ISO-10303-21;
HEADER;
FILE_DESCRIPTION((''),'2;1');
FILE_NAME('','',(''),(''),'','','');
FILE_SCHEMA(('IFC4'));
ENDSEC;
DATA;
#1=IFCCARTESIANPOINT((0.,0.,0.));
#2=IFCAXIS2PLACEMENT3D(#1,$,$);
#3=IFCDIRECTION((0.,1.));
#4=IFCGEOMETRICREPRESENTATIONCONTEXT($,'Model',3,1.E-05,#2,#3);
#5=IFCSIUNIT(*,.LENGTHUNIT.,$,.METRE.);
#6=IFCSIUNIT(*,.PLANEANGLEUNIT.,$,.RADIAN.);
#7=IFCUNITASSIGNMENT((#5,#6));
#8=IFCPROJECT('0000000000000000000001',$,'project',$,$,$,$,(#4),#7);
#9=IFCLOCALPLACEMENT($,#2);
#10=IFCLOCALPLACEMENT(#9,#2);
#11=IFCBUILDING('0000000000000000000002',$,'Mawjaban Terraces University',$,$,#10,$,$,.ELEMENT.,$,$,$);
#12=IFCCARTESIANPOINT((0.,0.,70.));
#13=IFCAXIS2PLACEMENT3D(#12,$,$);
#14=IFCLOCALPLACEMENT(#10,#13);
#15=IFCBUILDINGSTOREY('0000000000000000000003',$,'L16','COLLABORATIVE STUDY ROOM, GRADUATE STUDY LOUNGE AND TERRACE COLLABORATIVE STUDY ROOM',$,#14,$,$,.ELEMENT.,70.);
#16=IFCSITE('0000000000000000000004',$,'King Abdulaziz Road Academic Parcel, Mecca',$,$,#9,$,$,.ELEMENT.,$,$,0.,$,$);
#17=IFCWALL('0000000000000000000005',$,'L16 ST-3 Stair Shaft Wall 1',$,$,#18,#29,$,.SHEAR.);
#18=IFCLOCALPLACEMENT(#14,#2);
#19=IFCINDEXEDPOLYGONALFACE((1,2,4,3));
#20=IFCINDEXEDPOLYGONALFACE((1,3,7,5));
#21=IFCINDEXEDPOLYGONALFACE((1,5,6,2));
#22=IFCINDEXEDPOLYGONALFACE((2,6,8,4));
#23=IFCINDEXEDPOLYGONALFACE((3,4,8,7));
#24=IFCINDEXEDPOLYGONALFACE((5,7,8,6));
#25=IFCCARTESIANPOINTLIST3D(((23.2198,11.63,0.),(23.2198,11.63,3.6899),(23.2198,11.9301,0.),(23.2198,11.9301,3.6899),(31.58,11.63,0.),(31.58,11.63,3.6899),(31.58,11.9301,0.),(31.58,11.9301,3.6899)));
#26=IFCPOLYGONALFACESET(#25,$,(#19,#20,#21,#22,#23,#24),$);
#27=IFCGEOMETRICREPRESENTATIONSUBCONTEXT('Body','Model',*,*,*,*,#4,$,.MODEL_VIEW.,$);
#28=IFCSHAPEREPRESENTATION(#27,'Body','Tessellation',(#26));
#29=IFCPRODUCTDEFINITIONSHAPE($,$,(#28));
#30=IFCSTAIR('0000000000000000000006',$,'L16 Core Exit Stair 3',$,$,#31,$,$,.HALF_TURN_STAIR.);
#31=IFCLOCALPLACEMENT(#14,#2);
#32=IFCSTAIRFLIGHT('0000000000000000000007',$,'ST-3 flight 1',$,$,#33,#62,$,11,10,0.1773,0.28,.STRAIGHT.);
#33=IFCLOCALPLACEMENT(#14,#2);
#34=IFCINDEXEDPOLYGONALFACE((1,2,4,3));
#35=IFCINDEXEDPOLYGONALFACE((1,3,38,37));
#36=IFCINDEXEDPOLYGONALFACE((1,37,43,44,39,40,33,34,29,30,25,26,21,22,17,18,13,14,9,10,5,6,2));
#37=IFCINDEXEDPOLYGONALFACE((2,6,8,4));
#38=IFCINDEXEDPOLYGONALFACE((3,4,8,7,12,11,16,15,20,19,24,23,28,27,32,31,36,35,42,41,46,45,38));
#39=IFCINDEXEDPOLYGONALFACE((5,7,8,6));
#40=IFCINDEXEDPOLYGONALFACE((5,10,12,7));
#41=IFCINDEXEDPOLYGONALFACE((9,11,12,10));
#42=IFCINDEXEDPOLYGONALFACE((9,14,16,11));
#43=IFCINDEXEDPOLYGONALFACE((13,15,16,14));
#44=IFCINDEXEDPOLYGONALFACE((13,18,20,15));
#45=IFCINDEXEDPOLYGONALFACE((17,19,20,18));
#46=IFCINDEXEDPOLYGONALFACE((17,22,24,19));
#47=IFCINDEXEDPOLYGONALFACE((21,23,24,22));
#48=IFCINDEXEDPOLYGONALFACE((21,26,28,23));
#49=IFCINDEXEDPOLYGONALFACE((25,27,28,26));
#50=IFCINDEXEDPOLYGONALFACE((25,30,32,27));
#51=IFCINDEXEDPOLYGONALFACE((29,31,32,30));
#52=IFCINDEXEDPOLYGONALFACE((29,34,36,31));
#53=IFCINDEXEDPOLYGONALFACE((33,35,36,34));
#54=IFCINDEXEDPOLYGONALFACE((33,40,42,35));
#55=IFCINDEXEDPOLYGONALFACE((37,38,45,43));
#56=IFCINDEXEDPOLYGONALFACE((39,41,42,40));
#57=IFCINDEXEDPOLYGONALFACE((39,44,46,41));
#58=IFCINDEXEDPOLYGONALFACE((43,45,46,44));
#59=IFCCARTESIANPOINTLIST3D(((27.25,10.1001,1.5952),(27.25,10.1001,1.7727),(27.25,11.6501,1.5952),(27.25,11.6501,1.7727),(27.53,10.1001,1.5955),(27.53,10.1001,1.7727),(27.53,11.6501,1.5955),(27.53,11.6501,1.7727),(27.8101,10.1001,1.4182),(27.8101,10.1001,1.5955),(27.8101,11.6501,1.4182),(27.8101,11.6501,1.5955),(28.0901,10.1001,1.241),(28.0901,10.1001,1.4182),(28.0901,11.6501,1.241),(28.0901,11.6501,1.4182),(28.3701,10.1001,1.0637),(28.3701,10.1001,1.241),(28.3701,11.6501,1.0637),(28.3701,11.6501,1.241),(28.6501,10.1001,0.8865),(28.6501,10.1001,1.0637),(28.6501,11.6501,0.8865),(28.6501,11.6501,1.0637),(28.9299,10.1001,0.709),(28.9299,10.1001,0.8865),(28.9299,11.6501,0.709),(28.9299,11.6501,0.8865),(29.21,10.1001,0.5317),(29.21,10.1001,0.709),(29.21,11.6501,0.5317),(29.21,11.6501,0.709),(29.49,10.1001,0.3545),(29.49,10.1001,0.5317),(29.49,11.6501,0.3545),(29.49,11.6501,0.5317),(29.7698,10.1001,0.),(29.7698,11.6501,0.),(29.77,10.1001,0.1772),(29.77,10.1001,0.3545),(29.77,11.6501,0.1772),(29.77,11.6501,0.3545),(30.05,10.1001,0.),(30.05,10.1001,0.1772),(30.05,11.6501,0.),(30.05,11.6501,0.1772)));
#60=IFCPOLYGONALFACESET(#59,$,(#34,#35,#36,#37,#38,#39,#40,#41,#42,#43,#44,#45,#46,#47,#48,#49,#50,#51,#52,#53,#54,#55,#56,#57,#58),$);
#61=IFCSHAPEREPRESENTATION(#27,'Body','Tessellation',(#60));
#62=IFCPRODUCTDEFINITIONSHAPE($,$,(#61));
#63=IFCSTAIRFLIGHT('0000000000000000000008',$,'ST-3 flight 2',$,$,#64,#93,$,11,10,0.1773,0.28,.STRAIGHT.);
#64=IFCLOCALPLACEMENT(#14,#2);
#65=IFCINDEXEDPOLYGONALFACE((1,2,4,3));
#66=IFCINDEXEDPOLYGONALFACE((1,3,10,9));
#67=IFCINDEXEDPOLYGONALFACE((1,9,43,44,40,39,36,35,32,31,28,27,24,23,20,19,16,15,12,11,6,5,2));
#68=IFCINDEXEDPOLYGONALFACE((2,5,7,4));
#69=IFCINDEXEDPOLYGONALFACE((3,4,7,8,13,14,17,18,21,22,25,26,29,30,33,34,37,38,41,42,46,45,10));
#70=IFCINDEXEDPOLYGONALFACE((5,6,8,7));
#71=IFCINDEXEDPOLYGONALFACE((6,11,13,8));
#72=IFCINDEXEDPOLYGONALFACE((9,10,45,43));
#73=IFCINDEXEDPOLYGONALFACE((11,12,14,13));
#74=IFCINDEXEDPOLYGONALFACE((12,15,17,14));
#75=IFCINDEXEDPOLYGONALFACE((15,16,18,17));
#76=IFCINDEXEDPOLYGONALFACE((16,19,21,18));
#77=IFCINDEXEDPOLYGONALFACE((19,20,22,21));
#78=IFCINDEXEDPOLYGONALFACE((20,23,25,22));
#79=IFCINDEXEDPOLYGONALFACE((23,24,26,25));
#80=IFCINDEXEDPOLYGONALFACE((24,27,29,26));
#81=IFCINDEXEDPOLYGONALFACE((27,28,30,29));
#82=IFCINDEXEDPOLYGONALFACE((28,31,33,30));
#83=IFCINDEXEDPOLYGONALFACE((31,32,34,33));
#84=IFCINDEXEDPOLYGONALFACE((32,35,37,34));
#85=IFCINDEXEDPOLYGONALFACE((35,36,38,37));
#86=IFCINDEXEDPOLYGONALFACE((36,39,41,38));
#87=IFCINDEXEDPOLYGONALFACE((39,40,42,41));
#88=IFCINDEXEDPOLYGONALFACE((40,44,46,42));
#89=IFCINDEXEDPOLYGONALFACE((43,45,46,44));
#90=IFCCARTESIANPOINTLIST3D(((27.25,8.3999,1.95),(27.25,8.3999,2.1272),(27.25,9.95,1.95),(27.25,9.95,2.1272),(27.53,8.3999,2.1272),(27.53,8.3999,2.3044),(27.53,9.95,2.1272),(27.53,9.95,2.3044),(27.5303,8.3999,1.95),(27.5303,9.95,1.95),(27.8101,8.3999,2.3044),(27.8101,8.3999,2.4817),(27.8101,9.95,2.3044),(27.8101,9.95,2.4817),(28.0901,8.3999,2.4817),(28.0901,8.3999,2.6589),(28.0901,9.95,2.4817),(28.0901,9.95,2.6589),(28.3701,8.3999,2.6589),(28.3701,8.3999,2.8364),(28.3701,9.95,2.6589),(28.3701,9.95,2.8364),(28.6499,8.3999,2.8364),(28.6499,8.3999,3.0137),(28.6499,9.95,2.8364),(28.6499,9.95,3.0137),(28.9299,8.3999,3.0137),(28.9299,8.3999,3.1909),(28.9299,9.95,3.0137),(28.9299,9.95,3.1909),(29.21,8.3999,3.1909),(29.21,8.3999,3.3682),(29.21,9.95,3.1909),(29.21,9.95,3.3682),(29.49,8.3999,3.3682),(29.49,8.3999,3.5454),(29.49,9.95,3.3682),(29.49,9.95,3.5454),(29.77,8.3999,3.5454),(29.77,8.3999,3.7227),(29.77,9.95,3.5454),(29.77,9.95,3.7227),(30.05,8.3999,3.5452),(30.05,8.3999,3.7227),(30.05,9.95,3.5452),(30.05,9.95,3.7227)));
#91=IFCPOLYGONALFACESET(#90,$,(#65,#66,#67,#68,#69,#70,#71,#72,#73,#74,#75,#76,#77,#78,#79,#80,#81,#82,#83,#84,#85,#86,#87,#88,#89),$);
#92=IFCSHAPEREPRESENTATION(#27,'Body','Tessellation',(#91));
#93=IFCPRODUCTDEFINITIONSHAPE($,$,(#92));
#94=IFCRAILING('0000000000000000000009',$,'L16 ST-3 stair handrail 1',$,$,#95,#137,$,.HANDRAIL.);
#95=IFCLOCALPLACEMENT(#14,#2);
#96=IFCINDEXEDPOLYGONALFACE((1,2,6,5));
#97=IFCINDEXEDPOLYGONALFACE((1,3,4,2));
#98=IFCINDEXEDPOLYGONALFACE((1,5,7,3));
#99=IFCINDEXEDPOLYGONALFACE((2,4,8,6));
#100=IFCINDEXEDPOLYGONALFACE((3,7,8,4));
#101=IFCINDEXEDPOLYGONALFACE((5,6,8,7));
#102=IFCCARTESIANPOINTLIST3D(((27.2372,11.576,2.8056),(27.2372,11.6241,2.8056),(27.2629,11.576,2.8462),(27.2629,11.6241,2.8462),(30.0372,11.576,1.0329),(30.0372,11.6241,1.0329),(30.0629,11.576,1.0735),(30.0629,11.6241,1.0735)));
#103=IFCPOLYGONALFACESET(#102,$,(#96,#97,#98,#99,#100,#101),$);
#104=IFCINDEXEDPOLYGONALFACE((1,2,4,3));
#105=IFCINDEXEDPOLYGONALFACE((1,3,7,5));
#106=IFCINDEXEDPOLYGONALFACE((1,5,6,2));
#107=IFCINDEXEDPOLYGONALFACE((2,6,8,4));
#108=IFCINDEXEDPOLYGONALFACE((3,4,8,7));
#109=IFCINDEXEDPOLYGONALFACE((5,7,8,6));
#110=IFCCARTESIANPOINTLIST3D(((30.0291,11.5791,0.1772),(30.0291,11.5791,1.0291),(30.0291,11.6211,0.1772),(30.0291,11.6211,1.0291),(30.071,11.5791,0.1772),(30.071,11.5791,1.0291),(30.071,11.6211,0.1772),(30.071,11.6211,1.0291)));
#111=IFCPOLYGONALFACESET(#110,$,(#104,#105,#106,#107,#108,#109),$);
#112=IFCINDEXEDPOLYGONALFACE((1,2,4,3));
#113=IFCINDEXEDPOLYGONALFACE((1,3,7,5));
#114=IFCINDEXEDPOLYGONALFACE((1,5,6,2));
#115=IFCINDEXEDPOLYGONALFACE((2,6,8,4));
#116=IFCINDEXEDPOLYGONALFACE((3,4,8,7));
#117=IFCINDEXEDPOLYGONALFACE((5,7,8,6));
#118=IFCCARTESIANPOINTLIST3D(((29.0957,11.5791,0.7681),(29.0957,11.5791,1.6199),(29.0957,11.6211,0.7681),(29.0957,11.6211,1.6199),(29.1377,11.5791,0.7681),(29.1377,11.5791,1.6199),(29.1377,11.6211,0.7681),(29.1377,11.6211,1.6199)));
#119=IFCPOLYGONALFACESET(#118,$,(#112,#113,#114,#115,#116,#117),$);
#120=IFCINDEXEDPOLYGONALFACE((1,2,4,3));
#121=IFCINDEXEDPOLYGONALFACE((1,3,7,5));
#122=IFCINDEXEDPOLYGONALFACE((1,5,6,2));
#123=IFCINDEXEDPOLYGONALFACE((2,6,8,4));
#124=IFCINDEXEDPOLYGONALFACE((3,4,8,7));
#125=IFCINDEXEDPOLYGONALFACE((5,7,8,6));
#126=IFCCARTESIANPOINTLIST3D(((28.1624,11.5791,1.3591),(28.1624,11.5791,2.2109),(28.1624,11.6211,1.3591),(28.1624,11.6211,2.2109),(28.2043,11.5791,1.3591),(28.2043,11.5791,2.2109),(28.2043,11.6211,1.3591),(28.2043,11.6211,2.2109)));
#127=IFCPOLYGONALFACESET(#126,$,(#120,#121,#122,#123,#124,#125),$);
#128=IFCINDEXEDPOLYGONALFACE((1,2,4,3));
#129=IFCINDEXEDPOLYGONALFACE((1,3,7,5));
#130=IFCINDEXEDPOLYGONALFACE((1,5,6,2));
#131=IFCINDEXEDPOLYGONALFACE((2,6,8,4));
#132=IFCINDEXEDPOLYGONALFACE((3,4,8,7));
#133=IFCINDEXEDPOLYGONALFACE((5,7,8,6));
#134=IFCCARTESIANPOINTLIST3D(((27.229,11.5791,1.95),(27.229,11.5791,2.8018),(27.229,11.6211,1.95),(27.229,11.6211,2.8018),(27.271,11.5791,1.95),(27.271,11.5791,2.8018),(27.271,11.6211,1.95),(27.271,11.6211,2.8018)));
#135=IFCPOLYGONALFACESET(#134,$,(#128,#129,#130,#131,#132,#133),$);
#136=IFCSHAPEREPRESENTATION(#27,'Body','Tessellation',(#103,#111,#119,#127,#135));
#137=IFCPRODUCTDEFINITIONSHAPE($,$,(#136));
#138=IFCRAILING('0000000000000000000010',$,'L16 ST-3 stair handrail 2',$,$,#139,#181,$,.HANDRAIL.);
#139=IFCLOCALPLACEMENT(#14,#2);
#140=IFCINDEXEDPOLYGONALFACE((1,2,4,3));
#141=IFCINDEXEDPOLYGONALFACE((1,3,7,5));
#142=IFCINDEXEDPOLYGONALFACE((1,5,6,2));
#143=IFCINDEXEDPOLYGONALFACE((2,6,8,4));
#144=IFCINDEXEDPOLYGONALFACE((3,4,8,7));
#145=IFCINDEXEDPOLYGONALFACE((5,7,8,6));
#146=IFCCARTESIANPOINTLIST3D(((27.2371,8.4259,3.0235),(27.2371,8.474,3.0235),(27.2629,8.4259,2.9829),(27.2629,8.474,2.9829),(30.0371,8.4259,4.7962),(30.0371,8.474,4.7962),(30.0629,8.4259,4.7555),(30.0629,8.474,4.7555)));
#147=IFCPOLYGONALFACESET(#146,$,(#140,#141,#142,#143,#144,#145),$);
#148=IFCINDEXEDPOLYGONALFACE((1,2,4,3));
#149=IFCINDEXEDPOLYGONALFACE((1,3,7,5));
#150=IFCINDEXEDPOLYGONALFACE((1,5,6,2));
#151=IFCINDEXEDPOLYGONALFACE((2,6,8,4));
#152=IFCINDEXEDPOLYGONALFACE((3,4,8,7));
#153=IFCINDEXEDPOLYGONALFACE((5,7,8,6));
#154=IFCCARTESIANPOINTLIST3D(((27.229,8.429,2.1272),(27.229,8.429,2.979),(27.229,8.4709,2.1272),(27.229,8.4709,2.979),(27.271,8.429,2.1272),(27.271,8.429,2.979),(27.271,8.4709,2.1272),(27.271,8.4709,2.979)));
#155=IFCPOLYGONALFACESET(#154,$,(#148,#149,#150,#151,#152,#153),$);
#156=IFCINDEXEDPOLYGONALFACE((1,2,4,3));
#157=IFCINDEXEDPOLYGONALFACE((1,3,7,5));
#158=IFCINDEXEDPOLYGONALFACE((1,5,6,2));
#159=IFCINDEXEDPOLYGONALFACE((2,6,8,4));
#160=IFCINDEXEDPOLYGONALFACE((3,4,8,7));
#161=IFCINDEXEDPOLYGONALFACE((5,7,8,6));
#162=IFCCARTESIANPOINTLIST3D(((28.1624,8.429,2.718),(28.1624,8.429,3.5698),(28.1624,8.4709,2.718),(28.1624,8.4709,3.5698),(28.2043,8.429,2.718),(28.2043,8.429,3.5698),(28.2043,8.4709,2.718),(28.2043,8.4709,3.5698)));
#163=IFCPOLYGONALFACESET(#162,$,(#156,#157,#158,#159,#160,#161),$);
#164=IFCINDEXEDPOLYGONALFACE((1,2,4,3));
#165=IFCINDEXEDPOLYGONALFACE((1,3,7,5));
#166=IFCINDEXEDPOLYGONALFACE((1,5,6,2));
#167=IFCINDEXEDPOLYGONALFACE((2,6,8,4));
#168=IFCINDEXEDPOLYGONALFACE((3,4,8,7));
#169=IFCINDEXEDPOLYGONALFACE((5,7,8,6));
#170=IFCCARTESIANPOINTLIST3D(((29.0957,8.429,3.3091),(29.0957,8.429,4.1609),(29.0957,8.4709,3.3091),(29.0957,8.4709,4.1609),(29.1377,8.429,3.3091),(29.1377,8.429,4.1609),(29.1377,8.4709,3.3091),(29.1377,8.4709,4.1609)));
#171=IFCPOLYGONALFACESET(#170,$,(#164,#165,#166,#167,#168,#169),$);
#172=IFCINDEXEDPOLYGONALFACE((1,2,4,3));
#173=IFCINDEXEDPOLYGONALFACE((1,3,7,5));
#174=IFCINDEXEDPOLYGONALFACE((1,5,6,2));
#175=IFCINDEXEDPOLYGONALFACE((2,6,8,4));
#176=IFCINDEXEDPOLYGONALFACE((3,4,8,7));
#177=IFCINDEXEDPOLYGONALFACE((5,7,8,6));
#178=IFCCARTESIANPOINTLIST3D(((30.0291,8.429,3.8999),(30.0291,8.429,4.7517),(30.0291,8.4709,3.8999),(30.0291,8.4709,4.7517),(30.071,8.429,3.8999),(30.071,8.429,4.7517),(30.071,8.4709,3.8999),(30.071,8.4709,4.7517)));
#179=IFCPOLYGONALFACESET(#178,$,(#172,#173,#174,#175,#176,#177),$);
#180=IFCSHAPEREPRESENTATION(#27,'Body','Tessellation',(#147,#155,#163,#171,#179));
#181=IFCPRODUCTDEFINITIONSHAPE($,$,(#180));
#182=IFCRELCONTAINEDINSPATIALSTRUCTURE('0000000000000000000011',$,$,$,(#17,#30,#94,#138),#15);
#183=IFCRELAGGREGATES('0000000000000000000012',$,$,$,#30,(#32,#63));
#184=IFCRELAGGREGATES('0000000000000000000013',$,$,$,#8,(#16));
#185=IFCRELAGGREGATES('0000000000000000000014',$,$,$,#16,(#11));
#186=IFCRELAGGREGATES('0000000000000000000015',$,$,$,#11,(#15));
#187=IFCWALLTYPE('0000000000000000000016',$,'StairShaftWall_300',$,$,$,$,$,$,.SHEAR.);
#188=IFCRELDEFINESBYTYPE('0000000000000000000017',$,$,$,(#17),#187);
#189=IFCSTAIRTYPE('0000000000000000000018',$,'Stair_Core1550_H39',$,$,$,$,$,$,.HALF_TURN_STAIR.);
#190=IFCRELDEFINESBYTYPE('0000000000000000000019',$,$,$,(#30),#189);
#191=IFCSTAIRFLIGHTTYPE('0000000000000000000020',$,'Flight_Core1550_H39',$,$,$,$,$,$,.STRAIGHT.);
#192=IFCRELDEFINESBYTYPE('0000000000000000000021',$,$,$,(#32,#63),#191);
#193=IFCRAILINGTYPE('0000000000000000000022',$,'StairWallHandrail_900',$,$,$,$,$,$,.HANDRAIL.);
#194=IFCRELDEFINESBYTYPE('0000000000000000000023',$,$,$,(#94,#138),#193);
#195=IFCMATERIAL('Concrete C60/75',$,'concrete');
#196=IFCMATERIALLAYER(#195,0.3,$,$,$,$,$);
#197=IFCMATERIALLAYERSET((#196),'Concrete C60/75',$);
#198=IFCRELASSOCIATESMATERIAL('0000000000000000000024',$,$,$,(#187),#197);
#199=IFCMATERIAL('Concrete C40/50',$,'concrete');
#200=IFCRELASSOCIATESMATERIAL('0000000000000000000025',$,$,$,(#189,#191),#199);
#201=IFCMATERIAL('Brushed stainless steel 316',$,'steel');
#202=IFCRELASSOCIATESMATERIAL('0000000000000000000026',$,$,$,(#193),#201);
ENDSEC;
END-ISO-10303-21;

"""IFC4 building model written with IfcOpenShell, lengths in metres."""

from ifc_helpers import new_model, si_unit, direction, frame, frame_2d, origin, origin_2d, place, context, subcontext, project, spatial, polyline, rectangle, outline, extrude, material, layer, layer_set, type_object, element, aggregate, save


model = new_model("IFC4")

# Units and contexts
model_context = context("Model", 3, precision=1e-05, world=origin(), true_north=direction((0.0, 1.0)))
body_context = subcontext(model_context, "Body", "Model", "MODEL_VIEW")
ifc_project = project(units=[si_unit("LENGTHUNIT", "METRE"), si_unit("PLANEANGLEUNIT", "RADIAN")], contexts=[model_context])

# Site, building, storey
site_placement = place(None, origin())
site = spatial("IfcSite", under=ifc_project, at=site_placement, Name="King Abdulaziz Road Academic Parcel, Mecca", CompositionType="ELEMENT", RefElevation=0.0)
building_placement = place(site_placement, origin())
building = spatial("IfcBuilding", under=site, at=building_placement, Name="Mawjaban Terraces University", CompositionType="ELEMENT")
storey_placement = place(building_placement, frame((0.0, 0.0, 70.0)))
storey = spatial("IfcBuildingStorey", under=building, at=storey_placement, Name="L16", Description="COLLABORATIVE STUDY ROOM, GRADUATE STUDY LOUNGE AND TERRACE COLLABORATIVE STUDY ROOM", CompositionType="ELEMENT", Elevation=70.0)

# Shared definitions
ifc_material_1 = material(Name="Concrete C40/50", Category="concrete")

# Wall
ifc_material_2 = material(Name="Concrete C60/75", Category="concrete")
ifc_layer_1 = layer(ifc_material_2, 0.3)
ifc_layer_set_1 = layer_set([ifc_layer_1], Name="Concrete C60/75")
wall_type_1 = type_object("IfcWallType", Name="StairShaftWall_300", PredefinedType="SHEAR", material=ifc_layer_set_1)
for number, where, z_axis, x_axis, name in (
    (1, (31.5801, 11.78, 0.0), (0.0, 0.0, 1.0), (-1.0, 0.0, 0.0), "L16 ST-3 Stair Shaft Wall 1"),
):
    element("IfcWall", number, at=place(storey_placement, frame(where, z_axis=z_axis, x_axis=x_axis)), inside=storey, type_object=wall_type_1, Name=name, PredefinedType="SHEAR", context=body_context, shape_type="SweptSolid", body=[
        extrude(rectangle(XDim=8.3601, YDim=0.3, at=frame_2d((4.1802, 0.0))), origin(), (0.0, 0.0, 1.0), 3.6899),
    ])

# Stair, stair flights
stair_type = type_object("IfcStairType", Name="Stair_Core1550_H39", PredefinedType="HALF_TURN_STAIR", material=ifc_material_1)
stair_placement = place(storey_placement, origin())
stair = element("IfcStair", 2, at=stair_placement, inside=storey, type_object=stair_type, Name="L16 Core Exit Stair 3", PredefinedType="HALF_TURN_STAIR")
stair_flight_type = type_object("IfcStairFlightType", Name="Flight_Core1550_H39", PredefinedType="STRAIGHT", material=ifc_material_1)
stair_flight_1_placement = place(storey_placement, frame((30.05, 10.875, 0.0), z_axis=(0.0, 0.0, 1.0), x_axis=(-1.0, 0.0, 0.0)))
stair_flight_1 = element("IfcStairFlight", 3, at=stair_flight_1_placement, type_object=stair_flight_type, Name="ST-3 flight 1", NumberOfRisers=11, NumberOfTreads=10, PredefinedType="STRAIGHT", RiserHeight=0.1773, TreadLength=0.28, context=body_context, shape_type="SweptSolid", body=[
    extrude(outline(polyline([(0.0, 0.0), (0.0, 0.1772), (0.28, 0.1772), (0.28, 0.3545), (0.5601, 0.3545), (0.5601, 0.5317), (0.8401, 0.5317), (0.8401, 0.709), (1.1201, 0.709), (1.1201, 0.8865), (1.3999, 0.8865), (1.3999, 1.0637), (1.6799, 1.0637), (1.6799, 1.241), (1.96, 1.241), (1.96, 1.4182), (2.24, 1.4182), (2.24, 1.5955), (2.52, 1.5955), (2.52, 1.7727), (2.8, 1.7727), (2.8, 1.95), (2.8, 1.5952), (0.2803, 0.0), (0.0, 0.0)])), frame((0.0, 0.7749, 0.0), z_axis=(0.0, -1.0, 0.0), x_axis=(1.0, 0.0, 0.0)), (0.0, 0.0, 1.0), 1.55),
])
stair_flight_2_placement = place(storey_placement, frame((27.25, 9.175, 1.95), z_axis=(0.0, 0.0, 1.0), x_axis=(1.0, 0.0, 0.0)))
stair_flight_2 = element("IfcStairFlight", 4, at=stair_flight_2_placement, type_object=stair_flight_type, Name="ST-3 flight 2", NumberOfRisers=11, NumberOfTreads=10, PredefinedType="STRAIGHT", RiserHeight=0.1773, TreadLength=0.28, context=body_context, shape_type="SweptSolid", body=[
    extrude(outline(polyline([(0.0, 0.0), (0.0, 0.1772), (0.28, 0.1772), (0.28, 0.3545), (0.5601, 0.3545), (0.5601, 0.5317), (0.8401, 0.5317), (0.8401, 0.709), (1.1201, 0.709), (1.1201, 0.8865), (1.3999, 0.8865), (1.3999, 1.0637), (1.6799, 1.0637), (1.6799, 1.241), (1.96, 1.241), (1.96, 1.4182), (2.24, 1.4182), (2.24, 1.5955), (2.52, 1.5955), (2.52, 1.7727), (2.8, 1.7727), (2.8, 1.95), (2.8, 1.5952), (0.2803, 0.0), (0.0, 0.0)])), frame((0.0, 0.7749, 0.0), z_axis=(0.0, -1.0, 0.0), x_axis=(1.0, 0.0, 0.0)), (0.0, 0.0, 1.0), 1.55),
])
aggregate(stair, [stair_flight_1, stair_flight_2])

# Railings
ifc_material_3 = material(Name="Brushed stainless steel 316", Category="steel")
railing_type_1 = type_object("IfcRailingType", Name="StairWallHandrail_900", PredefinedType="HANDRAIL", material=ifc_material_3)
railing_1_placement = place(storey_placement, frame((30.05, 11.6001, 0.1772)))
element("IfcRailing", 5, at=railing_1_placement, inside=storey, type_object=railing_type_1, Name="L16 ST-3 stair handrail 1", PredefinedType="HANDRAIL", context=body_context, shape_type="SweptSolid", body=[
    extrude(rectangle(XDim=0.0481, YDim=0.0481, at=origin_2d()), frame((0.0, 0.0, 0.876), z_axis=(-0.844909, 0.0, 0.53491), x_axis=(0.0, -1.0, 0.0)), (0.0, 0.0, 1.0), 3.314),
    extrude(rectangle(XDim=0.042, YDim=0.042, at=origin_2d()), origin(), (0.0, 0.0, 1.0), 0.8518),
    extrude(rectangle(XDim=0.042, YDim=0.042, at=origin_2d()), frame((-0.9333, 0.0, 0.5908)), (0.0, 0.0, 1.0), 0.8518),
    extrude(rectangle(XDim=0.042, YDim=0.042, at=origin_2d()), frame((-1.8667, 0.0, 1.1819)), (0.0, 0.0, 1.0), 0.8518),
    extrude(rectangle(XDim=0.042, YDim=0.042, at=origin_2d()), frame((-2.8, 0.0, 1.7727)), (0.0, 0.0, 1.0), 0.8518),
])
railing_2_placement = place(storey_placement, frame((27.25, 8.45, 2.1272)))
element("IfcRailing", 6, at=railing_2_placement, inside=storey, type_object=railing_type_1, Name="L16 ST-3 stair handrail 2", PredefinedType="HANDRAIL", context=body_context, shape_type="SweptSolid", body=[
    extrude(rectangle(XDim=0.0481, YDim=0.0481, at=origin_2d()), frame((0.0, 0.0, 0.876), z_axis=(0.844909, 0.0, 0.53491), x_axis=(0.0, 1.0, 0.0)), (0.0, 0.0, 1.0), 3.314),
    extrude(rectangle(XDim=0.042, YDim=0.042, at=origin_2d()), origin(), (0.0, 0.0, 1.0), 0.8518),
    extrude(rectangle(XDim=0.042, YDim=0.042, at=origin_2d()), frame((0.9333, 0.0, 0.5908)), (0.0, 0.0, 1.0), 0.8518),
    extrude(rectangle(XDim=0.042, YDim=0.042, at=origin_2d()), frame((1.8667, 0.0, 1.1819)), (0.0, 0.0, 1.0), 0.8518),
    extrude(rectangle(XDim=0.042, YDim=0.042, at=origin_2d()), frame((2.8, 0.0, 1.7727)), (0.0, 0.0, 1.0), 0.8518),
])

save(model, "model.ifc")
